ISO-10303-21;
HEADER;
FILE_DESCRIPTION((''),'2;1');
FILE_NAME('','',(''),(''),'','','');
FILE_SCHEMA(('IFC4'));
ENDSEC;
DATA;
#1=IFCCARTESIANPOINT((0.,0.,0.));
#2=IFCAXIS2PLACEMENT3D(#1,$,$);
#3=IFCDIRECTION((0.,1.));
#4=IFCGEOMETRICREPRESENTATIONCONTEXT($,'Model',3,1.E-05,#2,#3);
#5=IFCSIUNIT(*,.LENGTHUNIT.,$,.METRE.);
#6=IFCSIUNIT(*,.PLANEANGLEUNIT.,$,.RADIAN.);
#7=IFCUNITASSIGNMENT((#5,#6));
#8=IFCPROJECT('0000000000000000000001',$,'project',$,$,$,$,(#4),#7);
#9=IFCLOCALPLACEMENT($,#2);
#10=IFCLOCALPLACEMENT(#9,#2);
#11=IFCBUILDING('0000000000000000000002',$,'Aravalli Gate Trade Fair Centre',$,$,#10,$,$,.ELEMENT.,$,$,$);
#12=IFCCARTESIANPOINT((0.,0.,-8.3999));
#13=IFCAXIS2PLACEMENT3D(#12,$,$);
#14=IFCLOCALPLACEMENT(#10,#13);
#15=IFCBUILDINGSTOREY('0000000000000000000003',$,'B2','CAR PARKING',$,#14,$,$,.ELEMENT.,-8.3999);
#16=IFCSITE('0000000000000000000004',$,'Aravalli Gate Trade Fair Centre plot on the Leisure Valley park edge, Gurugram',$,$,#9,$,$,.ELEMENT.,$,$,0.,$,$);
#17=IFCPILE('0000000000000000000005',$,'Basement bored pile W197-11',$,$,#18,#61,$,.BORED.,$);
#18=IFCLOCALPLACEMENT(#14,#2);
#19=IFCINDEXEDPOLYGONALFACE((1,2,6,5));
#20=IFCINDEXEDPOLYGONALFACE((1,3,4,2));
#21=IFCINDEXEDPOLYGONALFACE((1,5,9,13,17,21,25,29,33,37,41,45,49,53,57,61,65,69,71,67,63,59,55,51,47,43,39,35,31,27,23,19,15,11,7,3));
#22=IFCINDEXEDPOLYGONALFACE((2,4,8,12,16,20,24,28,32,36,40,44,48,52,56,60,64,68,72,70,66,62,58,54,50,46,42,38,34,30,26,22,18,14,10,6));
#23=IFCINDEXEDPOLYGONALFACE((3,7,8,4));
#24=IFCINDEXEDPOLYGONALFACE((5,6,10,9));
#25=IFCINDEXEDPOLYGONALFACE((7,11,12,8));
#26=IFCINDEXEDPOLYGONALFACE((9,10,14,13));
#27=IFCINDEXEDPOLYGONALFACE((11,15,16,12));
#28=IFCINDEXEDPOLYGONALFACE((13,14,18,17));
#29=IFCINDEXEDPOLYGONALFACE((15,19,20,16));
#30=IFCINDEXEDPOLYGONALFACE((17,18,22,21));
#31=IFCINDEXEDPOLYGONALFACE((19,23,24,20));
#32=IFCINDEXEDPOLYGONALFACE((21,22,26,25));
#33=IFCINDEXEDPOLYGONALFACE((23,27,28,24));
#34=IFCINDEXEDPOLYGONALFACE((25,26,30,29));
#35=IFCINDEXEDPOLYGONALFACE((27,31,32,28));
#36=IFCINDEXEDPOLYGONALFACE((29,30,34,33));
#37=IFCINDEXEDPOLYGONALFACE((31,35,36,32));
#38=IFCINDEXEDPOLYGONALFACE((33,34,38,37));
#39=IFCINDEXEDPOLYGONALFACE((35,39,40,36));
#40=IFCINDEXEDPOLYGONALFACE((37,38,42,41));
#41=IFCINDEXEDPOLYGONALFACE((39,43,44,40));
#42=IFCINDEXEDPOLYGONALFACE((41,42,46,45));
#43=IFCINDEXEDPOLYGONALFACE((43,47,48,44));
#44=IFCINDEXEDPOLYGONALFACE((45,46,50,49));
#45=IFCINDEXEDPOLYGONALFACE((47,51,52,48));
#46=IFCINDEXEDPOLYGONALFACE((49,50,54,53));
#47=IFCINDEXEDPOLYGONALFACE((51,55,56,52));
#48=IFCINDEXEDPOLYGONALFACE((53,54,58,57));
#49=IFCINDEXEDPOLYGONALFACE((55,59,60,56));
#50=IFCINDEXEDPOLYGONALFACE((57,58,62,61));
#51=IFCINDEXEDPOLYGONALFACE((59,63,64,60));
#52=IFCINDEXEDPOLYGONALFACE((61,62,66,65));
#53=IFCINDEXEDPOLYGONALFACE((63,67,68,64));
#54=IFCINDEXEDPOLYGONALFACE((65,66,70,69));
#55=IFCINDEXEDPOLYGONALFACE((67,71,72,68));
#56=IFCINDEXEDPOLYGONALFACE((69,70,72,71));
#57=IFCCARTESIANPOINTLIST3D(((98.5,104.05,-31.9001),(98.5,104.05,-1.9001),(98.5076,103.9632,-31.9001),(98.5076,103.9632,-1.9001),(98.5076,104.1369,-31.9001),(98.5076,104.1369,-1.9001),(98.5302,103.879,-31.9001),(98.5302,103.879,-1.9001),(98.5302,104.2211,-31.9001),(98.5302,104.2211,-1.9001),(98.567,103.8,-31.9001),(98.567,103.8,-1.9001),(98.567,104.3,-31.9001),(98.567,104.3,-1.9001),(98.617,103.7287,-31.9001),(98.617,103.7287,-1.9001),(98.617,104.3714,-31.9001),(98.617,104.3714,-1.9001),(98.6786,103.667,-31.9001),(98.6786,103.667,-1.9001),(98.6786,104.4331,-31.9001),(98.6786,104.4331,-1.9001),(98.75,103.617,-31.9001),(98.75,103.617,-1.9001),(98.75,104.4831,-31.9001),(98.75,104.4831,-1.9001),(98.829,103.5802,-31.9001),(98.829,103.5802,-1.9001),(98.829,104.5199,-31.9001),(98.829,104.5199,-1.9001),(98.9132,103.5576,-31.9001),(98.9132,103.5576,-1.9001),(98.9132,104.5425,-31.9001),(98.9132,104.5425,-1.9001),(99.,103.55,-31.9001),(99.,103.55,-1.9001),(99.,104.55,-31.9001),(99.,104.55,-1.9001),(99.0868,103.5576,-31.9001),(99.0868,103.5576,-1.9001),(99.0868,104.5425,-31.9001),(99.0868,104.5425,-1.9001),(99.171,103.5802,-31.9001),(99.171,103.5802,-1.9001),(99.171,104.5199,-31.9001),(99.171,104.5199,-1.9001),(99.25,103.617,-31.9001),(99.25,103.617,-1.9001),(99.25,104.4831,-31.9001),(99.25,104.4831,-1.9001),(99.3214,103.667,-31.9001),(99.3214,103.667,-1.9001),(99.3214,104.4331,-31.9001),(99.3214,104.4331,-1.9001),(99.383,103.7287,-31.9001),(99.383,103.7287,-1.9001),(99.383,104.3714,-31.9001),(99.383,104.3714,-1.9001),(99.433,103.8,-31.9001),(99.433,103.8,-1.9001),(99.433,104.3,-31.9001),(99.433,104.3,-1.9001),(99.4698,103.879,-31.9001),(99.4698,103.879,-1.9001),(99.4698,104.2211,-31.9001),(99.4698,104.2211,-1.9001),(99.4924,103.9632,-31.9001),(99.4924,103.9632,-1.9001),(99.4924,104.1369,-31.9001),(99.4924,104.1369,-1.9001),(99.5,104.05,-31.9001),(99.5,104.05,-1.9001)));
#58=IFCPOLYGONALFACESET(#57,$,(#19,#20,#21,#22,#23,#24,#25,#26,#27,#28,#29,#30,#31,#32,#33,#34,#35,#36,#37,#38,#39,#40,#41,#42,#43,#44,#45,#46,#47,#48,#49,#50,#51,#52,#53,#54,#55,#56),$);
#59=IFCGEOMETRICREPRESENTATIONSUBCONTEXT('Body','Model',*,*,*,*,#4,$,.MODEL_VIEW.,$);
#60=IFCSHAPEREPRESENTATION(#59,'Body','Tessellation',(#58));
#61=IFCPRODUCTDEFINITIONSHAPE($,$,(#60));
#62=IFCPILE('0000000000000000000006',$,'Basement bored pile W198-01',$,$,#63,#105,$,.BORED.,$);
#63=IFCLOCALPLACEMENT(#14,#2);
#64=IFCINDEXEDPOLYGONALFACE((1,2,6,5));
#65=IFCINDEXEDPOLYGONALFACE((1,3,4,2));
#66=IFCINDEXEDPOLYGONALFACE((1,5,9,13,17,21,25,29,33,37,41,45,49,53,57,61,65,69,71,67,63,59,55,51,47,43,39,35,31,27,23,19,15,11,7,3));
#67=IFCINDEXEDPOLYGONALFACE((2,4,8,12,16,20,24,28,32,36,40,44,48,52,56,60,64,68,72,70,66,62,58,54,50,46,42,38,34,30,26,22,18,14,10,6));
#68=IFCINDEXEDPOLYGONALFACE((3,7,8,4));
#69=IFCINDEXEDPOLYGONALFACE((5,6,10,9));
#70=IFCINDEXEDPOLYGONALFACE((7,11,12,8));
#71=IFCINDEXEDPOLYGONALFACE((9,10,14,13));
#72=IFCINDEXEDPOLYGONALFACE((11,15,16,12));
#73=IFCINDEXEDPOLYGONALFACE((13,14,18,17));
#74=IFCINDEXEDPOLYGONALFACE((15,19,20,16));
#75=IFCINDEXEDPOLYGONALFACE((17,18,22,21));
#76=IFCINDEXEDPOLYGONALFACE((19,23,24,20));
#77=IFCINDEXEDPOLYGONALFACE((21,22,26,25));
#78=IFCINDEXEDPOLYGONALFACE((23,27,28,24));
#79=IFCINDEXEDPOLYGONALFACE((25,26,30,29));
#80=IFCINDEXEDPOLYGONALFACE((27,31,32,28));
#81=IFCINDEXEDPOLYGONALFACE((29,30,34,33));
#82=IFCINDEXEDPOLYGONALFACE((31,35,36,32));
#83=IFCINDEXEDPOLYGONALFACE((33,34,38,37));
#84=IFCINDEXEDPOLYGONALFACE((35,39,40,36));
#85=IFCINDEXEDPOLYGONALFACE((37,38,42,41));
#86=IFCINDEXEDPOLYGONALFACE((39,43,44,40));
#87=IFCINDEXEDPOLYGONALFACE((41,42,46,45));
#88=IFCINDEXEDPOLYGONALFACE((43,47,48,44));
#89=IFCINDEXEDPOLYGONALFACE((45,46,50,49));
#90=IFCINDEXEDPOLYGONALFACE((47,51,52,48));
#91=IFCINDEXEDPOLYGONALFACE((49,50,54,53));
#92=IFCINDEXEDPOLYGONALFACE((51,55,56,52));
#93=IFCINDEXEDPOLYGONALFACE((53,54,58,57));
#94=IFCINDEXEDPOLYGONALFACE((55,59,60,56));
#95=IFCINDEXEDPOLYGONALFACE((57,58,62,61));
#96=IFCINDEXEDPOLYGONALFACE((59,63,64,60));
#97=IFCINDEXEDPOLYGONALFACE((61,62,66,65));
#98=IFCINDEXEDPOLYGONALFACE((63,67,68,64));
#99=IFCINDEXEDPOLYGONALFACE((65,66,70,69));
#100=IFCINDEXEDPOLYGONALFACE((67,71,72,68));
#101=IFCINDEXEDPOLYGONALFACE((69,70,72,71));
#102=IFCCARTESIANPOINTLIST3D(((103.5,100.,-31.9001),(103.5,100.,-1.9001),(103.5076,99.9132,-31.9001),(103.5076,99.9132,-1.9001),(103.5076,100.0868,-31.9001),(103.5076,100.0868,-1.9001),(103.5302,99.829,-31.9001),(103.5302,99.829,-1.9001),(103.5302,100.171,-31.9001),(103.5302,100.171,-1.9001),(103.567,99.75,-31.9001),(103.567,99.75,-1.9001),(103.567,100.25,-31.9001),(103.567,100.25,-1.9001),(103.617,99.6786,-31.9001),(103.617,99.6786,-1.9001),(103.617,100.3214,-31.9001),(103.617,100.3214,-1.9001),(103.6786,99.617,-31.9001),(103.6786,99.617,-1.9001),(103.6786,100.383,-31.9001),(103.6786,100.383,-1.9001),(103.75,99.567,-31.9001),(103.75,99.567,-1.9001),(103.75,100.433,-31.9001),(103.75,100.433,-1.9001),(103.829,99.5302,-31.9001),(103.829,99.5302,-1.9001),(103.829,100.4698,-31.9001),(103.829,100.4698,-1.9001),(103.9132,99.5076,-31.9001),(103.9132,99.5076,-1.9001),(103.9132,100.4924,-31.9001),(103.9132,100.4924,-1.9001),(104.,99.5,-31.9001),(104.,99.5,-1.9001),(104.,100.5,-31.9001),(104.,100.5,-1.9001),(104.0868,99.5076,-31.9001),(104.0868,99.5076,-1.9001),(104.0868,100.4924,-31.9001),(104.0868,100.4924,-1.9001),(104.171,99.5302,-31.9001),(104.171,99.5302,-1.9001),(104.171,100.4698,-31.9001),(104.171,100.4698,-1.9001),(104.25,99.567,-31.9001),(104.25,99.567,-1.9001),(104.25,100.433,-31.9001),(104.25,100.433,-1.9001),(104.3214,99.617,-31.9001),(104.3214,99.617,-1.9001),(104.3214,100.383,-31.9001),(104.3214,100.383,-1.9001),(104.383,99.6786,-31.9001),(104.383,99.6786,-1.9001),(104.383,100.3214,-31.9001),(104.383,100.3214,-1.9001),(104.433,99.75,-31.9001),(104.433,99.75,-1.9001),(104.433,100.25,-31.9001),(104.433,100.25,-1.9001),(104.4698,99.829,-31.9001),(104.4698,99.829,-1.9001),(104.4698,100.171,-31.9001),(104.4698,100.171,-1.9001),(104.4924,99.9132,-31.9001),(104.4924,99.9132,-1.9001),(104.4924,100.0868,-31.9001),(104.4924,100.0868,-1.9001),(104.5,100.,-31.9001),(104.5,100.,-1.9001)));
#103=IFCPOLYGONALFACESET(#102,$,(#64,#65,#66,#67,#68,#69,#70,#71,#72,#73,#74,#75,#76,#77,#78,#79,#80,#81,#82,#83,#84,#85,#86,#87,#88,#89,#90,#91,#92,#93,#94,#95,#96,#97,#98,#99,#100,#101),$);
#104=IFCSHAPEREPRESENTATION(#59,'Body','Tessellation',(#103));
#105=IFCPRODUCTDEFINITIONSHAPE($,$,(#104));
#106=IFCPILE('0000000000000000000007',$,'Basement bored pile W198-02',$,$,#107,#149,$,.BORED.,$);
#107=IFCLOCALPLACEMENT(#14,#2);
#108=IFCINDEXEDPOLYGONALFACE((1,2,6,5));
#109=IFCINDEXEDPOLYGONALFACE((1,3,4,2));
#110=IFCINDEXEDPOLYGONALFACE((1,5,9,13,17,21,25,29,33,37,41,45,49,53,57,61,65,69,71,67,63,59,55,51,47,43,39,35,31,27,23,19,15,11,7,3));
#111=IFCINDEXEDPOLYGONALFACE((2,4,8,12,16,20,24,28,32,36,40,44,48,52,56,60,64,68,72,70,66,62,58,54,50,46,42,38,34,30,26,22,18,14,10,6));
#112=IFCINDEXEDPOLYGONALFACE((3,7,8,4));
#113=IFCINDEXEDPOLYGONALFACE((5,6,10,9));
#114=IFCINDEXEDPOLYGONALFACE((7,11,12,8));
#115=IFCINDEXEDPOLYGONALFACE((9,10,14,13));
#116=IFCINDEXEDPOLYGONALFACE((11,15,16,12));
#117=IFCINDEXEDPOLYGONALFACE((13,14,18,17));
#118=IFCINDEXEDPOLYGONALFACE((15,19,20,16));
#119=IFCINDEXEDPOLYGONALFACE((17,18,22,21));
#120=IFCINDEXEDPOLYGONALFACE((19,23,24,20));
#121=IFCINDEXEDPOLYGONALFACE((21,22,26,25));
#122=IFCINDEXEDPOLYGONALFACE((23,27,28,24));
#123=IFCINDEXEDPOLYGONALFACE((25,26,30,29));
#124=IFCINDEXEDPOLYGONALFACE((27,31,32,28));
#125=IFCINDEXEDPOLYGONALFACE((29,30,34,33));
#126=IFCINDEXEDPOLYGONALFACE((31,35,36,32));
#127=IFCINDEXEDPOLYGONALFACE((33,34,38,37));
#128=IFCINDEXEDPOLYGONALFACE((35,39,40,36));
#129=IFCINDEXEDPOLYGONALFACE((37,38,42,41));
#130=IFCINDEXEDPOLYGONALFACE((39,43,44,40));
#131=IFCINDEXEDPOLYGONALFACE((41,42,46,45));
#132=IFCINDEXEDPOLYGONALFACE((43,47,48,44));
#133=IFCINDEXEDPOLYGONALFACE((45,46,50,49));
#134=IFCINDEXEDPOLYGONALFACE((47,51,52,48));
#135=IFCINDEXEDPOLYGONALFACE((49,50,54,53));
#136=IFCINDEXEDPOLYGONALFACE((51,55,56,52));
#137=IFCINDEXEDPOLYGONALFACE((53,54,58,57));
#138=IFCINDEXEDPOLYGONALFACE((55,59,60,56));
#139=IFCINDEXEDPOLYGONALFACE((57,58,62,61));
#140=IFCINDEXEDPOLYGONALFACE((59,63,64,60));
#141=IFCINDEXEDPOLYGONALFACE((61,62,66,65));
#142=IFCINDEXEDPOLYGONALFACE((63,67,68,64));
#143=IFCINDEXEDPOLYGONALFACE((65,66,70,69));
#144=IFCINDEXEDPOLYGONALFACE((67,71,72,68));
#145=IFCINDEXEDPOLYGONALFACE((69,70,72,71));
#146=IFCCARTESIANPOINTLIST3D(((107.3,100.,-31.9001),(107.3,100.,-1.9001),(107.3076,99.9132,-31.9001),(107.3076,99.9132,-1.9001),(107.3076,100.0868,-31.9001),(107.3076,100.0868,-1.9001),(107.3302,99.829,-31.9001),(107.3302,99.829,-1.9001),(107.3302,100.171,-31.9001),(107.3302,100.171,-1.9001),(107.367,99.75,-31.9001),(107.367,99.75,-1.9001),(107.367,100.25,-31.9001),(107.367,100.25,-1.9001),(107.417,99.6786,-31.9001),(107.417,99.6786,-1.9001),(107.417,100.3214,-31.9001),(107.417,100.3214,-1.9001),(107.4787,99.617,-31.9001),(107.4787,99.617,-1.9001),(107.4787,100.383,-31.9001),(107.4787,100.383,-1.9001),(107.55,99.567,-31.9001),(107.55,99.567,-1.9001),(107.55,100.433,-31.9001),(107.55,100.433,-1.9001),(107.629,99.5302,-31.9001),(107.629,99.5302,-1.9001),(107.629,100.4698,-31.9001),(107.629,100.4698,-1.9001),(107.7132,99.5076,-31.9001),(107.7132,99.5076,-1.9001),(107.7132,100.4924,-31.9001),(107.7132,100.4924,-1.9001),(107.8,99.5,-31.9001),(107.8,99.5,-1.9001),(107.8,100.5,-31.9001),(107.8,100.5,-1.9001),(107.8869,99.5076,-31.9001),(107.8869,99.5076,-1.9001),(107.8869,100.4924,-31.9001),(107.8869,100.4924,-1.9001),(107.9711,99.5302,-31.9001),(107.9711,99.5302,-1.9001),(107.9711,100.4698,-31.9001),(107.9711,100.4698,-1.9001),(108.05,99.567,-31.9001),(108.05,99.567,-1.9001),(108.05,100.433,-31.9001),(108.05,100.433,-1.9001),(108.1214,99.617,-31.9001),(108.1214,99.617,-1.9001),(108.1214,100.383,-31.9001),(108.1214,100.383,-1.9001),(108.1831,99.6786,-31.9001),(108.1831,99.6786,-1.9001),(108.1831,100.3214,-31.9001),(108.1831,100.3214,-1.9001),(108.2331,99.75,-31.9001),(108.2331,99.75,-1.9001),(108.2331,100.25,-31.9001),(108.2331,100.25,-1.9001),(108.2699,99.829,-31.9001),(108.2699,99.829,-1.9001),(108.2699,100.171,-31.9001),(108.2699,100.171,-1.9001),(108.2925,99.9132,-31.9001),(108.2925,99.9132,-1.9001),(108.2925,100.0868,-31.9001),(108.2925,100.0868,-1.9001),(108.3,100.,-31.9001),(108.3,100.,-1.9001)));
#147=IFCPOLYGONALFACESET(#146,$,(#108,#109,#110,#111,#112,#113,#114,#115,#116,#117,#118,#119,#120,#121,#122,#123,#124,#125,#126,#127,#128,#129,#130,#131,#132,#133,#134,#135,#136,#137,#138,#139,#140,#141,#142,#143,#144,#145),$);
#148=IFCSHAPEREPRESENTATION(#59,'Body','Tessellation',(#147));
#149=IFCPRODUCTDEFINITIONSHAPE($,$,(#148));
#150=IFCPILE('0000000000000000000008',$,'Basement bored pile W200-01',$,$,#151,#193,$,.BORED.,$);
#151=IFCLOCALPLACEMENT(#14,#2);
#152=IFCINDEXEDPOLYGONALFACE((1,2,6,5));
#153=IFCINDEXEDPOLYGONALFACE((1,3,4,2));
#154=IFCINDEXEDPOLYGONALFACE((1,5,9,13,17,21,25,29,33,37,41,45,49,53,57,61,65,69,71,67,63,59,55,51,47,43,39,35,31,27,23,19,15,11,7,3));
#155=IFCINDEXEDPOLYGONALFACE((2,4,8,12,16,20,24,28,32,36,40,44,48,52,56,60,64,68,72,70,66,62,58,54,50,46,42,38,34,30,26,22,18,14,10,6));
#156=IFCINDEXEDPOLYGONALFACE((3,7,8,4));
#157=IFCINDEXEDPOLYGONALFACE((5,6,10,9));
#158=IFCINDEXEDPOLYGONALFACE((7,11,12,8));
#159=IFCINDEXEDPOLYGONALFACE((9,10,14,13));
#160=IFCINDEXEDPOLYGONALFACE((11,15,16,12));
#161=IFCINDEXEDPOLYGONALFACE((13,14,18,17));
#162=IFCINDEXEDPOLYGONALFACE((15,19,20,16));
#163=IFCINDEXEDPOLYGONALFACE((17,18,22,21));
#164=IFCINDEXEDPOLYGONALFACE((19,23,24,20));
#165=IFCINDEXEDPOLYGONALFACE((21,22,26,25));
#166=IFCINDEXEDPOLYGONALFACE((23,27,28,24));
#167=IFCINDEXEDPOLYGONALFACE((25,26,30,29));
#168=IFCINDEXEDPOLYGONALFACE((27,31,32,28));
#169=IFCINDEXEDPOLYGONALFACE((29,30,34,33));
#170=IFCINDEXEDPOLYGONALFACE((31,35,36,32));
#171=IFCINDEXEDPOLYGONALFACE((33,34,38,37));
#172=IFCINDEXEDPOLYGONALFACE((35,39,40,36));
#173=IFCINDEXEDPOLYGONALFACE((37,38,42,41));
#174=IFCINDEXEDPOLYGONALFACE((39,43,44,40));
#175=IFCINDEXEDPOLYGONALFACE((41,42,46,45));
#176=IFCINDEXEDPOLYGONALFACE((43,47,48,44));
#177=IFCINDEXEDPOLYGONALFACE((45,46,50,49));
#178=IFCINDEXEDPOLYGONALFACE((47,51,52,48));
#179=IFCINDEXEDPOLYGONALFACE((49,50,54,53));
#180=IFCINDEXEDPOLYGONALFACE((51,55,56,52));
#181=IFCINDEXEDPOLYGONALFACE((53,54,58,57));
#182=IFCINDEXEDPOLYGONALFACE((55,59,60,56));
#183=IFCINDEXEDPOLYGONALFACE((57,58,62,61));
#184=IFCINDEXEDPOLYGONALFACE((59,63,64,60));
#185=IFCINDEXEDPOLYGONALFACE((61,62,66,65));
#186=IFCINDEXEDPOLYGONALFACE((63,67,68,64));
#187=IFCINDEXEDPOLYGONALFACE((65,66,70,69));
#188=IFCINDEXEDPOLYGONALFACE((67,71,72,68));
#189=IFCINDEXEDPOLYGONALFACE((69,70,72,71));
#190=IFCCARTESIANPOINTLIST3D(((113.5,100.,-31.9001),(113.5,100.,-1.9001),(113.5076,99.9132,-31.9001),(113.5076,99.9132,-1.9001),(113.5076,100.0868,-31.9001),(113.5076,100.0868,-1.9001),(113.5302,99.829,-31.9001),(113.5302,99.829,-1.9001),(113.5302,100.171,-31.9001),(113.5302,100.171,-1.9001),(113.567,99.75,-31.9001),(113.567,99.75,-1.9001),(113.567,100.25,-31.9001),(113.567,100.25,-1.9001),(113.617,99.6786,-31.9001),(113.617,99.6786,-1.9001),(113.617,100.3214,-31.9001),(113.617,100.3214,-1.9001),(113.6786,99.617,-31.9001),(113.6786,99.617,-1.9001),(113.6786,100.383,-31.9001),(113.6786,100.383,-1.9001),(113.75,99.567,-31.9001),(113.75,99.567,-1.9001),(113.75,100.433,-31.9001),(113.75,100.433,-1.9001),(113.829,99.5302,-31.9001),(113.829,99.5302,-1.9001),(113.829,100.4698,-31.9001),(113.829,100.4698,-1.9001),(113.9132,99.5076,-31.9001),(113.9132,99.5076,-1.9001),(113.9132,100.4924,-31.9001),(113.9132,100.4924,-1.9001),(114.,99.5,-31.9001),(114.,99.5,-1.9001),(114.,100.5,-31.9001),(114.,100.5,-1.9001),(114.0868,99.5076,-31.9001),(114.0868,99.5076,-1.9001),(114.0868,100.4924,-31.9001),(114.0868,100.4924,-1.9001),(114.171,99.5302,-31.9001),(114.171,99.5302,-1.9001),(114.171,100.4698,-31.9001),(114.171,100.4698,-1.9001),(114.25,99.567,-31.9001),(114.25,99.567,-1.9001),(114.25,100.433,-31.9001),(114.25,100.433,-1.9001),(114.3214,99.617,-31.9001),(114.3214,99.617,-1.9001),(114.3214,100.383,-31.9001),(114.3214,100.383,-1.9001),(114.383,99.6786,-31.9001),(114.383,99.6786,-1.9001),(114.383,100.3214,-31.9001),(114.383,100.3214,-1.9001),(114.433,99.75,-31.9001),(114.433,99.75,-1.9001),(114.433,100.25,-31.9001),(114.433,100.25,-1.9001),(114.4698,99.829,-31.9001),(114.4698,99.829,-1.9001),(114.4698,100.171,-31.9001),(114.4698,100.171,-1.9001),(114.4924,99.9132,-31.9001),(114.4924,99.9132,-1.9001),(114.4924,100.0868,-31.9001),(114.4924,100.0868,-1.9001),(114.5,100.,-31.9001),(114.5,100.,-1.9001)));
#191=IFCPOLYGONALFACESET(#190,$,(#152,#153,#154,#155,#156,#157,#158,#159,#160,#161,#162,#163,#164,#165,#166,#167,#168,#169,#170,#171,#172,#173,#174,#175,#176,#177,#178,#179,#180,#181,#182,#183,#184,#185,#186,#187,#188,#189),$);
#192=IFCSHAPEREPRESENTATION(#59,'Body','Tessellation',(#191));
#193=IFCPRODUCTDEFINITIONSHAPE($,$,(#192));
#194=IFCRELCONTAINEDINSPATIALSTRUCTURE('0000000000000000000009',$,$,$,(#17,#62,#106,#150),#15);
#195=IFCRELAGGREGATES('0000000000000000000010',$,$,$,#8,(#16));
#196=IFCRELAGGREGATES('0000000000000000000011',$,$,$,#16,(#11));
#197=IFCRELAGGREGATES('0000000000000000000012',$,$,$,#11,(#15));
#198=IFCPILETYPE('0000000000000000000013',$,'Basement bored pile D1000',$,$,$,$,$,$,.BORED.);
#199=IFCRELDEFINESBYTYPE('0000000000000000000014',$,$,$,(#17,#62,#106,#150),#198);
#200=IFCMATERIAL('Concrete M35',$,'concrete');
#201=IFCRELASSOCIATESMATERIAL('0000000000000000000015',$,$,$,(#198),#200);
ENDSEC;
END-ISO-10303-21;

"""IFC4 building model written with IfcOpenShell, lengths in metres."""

from ifc_helpers import new_model, si_unit, direction, frame, origin, origin_2d, place, context, subcontext, project, spatial, circle, extrude, material, material_profile, profile_set, type_object, element, save


model = new_model("IFC4")

# Units and contexts
model_context = context("Model", 3, precision=1e-05, world=origin(), true_north=direction((0.0, 1.0)))
body_context = subcontext(model_context, "Body", "Model", "MODEL_VIEW")
ifc_project = project(units=[si_unit("LENGTHUNIT", "METRE"), si_unit("PLANEANGLEUNIT", "RADIAN")], contexts=[model_context])

# Site, building, storey
site_placement = place(None, origin())
site = spatial("IfcSite", under=ifc_project, at=site_placement, Name="Aravalli Gate Trade Fair Centre plot on the Leisure Valley park edge, Gurugram", CompositionType="ELEMENT", RefElevation=0.0)
building_placement = place(site_placement, origin())
building = spatial("IfcBuilding", under=site, at=building_placement, Name="Aravalli Gate Trade Fair Centre", CompositionType="ELEMENT")
storey_placement = place(building_placement, frame((0.0, 0.0, -8.3999)))
storey = spatial("IfcBuildingStorey", under=building, at=storey_placement, Name="B2", Description="CAR PARKING", CompositionType="ELEMENT", Elevation=-8.3999)

# Piles
ifc_material_1 = material(Name="Concrete M35", Category="concrete")
ifc_material_profile_1 = material_profile(ifc_material_1, circle(Radius=0.5, at=origin_2d()), Name="D1000")
ifc_profile_set_1 = profile_set([ifc_material_profile_1], Name="Concrete M35")
pile_type = type_object("IfcPileType", Name="Basement bored pile D1000", PredefinedType="BORED", material=ifc_profile_set_1)
for number, where, z_axis, x_axis, name in (
    (1, (99.0, 104.05, -1.9001), (0.0, 0.0, -1.0), (1.0, 0.0, 0.0), "Basement bored pile W197-11"),
    (2, (104.0, 100.0, -1.9001), (0.0, 0.0, -1.0), (1.0, 0.0, 0.0), "Basement bored pile W198-01"),
    (3, (107.8, 100.0, -1.9001), (0.0, 0.0, -1.0), (1.0, 0.0, 0.0), "Basement bored pile W198-02"),
    (4, (114.0, 100.0, -1.9001), (0.0, 0.0, -1.0), (1.0, 0.0, 0.0), "Basement bored pile W200-01"),
):
    element("IfcPile", number, at=place(storey_placement, frame(where, z_axis=z_axis, x_axis=x_axis)), inside=storey, type_object=pile_type, Name=name, PredefinedType="BORED", context=body_context, shape_type="SweptSolid", body=[
        extrude(circle(Radius=0.5, at=origin_2d()), origin(), (0.0, 0.0, 1.0), 30.0),
    ])

save(model, "model.ifc")
